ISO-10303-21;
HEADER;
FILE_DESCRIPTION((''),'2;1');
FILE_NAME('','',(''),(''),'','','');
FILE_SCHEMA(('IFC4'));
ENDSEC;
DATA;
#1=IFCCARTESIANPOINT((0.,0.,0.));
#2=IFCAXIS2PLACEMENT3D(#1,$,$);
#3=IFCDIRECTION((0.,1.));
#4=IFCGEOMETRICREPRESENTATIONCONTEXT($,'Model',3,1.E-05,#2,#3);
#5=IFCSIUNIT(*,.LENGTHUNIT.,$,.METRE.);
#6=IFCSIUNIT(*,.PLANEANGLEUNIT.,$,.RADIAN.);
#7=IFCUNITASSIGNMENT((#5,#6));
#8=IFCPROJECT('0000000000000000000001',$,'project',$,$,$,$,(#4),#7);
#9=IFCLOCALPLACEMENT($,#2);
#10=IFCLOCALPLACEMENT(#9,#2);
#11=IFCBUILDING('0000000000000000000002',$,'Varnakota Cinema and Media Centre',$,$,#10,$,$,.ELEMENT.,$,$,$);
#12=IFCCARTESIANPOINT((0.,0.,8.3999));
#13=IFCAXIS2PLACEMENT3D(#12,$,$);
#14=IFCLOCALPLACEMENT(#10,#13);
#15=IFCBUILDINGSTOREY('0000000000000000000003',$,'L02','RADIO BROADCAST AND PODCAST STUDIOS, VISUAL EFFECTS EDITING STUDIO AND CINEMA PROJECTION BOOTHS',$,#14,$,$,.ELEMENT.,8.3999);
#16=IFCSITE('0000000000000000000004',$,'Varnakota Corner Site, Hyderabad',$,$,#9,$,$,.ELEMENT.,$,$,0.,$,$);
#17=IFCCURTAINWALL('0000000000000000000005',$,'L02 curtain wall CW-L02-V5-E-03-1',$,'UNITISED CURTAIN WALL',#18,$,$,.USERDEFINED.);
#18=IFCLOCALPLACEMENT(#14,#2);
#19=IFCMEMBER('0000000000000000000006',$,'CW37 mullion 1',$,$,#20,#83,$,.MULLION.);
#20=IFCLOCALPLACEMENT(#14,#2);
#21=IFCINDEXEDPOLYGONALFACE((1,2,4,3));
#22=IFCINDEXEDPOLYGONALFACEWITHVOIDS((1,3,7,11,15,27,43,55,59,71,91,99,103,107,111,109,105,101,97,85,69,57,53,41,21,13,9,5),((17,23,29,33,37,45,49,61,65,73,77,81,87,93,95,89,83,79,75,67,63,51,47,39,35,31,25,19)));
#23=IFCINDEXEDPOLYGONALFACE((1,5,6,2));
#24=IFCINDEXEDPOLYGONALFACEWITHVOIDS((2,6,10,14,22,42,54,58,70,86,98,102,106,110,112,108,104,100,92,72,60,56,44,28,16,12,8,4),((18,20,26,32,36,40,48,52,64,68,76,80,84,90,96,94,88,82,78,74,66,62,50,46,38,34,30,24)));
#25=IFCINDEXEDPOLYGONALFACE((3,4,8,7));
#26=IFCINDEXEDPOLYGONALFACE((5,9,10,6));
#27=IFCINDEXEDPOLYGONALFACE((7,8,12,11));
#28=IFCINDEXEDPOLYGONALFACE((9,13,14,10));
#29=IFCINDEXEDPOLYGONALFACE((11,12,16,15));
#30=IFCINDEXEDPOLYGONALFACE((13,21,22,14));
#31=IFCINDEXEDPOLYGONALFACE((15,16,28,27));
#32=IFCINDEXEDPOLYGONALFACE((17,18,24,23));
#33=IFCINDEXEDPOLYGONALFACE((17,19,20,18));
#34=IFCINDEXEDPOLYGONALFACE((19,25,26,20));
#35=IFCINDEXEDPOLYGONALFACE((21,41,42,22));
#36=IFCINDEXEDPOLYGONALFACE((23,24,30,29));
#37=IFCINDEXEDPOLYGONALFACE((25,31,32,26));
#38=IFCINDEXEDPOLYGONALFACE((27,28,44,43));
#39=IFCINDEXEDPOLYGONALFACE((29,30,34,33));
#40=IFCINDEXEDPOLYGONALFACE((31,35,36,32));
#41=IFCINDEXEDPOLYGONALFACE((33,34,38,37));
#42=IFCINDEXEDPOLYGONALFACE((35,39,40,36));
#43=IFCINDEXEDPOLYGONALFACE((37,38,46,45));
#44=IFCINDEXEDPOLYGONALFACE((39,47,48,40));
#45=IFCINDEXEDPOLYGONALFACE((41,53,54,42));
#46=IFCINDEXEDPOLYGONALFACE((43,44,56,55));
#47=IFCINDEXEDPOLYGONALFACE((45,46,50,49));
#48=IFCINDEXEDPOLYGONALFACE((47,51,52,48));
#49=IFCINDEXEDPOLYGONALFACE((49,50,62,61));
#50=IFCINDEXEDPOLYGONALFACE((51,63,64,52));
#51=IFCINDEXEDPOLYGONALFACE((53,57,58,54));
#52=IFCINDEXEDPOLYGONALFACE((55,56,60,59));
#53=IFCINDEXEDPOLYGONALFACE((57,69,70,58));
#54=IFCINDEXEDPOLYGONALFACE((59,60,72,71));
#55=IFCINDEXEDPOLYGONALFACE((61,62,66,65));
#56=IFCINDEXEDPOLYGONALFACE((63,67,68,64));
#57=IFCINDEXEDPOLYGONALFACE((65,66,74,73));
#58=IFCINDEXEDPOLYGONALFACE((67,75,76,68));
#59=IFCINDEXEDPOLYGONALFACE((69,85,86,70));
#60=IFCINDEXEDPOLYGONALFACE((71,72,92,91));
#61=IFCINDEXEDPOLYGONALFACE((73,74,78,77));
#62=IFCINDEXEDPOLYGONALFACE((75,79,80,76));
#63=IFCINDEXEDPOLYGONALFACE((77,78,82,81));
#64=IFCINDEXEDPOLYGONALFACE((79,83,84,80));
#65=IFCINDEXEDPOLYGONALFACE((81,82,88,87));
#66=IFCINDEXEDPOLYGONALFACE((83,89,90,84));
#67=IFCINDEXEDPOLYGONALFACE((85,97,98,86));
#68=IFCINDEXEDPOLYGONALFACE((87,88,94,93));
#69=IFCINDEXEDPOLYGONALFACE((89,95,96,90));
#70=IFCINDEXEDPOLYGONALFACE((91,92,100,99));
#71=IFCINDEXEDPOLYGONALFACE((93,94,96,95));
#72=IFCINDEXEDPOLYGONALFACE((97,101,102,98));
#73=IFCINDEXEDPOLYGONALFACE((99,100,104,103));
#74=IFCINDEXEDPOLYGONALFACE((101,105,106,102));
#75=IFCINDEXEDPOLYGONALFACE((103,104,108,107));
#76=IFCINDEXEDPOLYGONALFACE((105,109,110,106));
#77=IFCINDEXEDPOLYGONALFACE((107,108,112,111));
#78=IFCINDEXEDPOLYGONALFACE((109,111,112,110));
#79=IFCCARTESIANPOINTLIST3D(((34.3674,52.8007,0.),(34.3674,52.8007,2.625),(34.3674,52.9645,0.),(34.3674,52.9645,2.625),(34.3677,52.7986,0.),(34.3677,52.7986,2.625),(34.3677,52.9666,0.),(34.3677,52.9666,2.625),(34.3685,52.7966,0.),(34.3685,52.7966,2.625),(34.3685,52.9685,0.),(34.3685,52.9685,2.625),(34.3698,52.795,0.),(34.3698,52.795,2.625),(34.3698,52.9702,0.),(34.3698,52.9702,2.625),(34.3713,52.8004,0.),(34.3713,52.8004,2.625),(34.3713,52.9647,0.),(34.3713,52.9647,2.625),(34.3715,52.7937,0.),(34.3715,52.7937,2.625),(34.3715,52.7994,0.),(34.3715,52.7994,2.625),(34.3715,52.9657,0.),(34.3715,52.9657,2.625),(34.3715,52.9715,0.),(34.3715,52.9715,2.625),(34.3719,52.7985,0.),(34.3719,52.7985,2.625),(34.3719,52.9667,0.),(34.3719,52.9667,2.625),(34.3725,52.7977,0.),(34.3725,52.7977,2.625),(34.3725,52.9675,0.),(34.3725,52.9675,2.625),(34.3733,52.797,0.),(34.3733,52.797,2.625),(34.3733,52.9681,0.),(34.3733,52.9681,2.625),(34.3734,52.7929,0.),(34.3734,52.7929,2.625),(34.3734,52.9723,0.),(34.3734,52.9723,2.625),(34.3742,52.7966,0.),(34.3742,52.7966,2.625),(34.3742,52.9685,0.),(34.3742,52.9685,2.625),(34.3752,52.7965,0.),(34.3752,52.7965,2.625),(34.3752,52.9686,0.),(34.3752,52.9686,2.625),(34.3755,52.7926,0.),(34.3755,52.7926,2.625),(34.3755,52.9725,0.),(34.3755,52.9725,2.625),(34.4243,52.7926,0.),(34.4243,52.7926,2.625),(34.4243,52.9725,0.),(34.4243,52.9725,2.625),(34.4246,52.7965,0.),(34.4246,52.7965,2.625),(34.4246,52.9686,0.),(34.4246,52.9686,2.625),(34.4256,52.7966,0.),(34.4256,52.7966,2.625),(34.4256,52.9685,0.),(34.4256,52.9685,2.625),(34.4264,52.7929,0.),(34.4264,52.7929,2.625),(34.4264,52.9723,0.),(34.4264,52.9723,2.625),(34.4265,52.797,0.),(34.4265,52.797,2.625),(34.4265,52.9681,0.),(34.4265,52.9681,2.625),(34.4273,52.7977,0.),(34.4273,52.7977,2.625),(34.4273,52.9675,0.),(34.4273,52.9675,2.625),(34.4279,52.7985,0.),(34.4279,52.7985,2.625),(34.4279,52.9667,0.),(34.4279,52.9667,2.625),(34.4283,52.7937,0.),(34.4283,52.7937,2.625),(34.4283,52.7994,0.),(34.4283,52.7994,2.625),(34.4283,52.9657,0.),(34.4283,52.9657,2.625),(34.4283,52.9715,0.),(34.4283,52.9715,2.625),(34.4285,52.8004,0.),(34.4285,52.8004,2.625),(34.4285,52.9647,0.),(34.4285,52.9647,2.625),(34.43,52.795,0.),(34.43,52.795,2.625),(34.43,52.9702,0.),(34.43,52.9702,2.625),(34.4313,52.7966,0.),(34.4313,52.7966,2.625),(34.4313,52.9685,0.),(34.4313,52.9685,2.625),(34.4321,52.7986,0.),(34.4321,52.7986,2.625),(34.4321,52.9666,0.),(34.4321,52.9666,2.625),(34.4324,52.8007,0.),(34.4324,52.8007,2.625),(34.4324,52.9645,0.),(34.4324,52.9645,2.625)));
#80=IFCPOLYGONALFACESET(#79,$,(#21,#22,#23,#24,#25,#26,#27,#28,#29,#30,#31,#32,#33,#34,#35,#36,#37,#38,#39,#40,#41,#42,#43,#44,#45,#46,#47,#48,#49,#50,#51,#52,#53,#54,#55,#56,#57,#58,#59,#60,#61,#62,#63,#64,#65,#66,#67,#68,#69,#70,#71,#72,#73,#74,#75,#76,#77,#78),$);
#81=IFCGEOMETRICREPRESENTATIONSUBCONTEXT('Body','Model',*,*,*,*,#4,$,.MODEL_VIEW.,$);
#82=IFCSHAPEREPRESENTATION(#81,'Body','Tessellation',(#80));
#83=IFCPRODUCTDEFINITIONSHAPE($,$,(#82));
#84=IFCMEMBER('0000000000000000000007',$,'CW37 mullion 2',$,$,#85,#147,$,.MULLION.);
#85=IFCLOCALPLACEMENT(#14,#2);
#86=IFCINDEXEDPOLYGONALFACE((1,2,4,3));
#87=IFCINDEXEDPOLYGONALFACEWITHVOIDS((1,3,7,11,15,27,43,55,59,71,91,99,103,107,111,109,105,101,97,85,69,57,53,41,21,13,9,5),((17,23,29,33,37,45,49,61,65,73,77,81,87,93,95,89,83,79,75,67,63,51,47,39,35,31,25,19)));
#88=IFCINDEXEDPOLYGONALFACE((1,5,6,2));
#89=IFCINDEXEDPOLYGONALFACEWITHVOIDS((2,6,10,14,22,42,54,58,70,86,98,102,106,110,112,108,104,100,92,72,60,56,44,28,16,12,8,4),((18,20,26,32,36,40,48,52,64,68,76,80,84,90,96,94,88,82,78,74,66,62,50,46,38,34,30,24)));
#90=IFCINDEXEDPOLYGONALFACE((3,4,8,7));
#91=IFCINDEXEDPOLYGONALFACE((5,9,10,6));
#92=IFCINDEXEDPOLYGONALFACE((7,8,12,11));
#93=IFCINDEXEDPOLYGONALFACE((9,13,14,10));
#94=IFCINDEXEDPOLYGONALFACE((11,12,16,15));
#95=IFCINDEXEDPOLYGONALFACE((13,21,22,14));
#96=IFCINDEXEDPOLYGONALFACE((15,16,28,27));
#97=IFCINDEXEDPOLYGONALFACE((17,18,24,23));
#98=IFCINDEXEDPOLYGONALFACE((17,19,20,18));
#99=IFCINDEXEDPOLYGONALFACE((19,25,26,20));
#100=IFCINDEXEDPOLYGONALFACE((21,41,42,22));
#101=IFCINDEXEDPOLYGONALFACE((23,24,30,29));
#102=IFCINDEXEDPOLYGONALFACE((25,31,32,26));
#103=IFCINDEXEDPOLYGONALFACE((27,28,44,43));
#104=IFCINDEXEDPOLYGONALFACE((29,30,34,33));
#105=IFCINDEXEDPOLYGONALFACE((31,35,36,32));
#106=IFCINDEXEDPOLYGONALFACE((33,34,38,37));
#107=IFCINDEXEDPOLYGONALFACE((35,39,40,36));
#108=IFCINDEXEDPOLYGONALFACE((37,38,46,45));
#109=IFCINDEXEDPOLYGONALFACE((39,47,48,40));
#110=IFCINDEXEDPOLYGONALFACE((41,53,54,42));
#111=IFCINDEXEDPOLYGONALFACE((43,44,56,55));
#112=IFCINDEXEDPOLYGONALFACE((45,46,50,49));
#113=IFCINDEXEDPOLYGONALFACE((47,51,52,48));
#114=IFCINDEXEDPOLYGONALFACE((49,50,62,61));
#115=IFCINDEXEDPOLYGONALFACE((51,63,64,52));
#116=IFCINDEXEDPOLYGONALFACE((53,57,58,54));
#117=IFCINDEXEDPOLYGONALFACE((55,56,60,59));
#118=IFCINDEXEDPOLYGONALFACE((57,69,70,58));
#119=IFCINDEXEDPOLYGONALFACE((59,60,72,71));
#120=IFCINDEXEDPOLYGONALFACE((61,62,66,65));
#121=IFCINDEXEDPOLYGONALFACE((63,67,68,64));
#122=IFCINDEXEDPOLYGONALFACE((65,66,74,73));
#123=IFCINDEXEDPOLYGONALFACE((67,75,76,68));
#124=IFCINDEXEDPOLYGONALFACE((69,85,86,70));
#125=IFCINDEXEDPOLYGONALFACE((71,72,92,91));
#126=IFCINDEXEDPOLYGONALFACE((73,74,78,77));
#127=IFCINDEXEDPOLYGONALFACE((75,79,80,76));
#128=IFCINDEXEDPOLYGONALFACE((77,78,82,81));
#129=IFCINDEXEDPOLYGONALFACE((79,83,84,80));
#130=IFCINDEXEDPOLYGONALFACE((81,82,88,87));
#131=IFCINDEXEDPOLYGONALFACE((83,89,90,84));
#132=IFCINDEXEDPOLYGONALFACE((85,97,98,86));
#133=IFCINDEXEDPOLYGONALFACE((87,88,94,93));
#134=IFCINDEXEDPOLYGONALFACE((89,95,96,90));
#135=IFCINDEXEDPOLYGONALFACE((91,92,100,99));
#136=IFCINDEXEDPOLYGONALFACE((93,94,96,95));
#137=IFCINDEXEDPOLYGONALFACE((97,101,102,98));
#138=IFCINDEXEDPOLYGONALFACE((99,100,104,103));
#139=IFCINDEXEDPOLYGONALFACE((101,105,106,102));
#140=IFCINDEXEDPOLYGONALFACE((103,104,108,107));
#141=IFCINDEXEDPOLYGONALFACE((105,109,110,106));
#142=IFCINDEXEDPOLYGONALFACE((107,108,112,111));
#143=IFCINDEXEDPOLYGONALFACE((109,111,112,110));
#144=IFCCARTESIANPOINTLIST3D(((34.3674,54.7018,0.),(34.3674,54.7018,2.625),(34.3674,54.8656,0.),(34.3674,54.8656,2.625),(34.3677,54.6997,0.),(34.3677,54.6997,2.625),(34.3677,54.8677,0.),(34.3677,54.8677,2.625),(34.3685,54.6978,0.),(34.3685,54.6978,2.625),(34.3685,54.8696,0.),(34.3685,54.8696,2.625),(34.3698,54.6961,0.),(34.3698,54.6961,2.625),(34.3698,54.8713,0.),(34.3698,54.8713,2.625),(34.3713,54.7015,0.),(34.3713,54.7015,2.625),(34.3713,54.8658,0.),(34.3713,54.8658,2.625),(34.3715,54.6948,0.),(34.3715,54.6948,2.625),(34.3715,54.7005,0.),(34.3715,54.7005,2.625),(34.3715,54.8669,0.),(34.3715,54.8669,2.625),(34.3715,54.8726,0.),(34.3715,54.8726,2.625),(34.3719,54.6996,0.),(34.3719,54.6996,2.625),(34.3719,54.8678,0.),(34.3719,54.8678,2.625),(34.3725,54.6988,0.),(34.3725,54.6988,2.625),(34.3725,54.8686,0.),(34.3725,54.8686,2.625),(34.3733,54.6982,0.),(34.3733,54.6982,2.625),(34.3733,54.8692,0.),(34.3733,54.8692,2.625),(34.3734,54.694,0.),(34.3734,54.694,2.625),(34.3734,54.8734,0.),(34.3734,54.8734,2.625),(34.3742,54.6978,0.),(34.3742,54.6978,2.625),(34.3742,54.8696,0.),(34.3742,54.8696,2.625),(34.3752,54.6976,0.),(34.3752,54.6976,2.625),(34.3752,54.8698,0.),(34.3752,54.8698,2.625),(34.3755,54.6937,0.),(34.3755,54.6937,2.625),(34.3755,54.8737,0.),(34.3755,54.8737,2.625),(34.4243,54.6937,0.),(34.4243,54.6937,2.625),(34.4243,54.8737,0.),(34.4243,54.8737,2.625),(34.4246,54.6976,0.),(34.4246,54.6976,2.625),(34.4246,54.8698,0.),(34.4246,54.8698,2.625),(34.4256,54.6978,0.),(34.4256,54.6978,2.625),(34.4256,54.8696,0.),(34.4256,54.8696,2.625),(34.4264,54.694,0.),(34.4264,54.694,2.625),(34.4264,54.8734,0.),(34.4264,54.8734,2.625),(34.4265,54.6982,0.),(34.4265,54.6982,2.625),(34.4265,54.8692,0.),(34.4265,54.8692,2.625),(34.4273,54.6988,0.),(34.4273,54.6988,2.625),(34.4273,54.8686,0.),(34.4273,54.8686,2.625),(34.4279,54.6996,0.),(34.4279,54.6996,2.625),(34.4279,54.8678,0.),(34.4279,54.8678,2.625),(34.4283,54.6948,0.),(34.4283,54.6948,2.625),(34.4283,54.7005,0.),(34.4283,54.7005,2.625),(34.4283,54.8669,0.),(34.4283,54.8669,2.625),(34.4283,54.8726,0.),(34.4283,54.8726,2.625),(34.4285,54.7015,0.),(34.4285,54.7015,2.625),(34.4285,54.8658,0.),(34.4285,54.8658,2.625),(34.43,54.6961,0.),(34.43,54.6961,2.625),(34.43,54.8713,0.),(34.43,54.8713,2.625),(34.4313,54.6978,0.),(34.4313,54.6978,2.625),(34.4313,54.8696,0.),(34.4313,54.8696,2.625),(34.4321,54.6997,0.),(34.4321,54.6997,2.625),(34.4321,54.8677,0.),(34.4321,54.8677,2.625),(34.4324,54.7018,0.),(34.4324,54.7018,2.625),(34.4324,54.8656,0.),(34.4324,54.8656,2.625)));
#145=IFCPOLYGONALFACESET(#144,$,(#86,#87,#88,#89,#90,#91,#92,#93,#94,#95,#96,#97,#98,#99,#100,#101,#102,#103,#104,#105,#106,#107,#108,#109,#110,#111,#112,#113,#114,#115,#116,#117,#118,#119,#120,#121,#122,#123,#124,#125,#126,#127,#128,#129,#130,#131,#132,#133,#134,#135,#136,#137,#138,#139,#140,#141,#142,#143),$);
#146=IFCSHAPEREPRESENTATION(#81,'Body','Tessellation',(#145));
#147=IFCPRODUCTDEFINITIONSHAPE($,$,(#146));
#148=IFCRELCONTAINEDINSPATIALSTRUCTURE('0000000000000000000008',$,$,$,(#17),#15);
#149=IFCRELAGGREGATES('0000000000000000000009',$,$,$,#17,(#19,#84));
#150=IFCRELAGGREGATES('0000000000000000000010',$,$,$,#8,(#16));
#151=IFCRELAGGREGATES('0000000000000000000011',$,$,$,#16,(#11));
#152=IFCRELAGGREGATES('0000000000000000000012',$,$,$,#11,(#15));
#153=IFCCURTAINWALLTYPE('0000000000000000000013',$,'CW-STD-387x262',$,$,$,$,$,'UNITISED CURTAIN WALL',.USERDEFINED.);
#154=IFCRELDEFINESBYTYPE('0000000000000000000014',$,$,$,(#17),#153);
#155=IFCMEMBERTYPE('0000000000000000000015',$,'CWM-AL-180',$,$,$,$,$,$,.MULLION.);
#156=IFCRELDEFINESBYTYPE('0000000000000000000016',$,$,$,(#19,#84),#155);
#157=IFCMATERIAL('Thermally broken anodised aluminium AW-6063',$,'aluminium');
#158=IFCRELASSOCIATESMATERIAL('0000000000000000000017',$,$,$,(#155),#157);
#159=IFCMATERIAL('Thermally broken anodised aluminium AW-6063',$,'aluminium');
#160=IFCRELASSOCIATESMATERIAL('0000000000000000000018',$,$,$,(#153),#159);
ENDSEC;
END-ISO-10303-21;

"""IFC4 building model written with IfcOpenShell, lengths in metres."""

from ifc_helpers import new_model, si_unit, direction, frame, origin, origin_2d, place, context, subcontext, project, spatial, hollow_rectangle, extrude, material, material_profile, profile_set, type_object, element, aggregate, save


model = new_model("IFC4")

# Units and contexts
model_context = context("Model", 3, precision=1e-05, world=origin(), true_north=direction((0.0, 1.0)))
body_context = subcontext(model_context, "Body", "Model", "MODEL_VIEW")
ifc_project = project(units=[si_unit("LENGTHUNIT", "METRE"), si_unit("PLANEANGLEUNIT", "RADIAN")], contexts=[model_context])

# Site, building, storey
site_placement = place(None, origin())
site = spatial("IfcSite", under=ifc_project, at=site_placement, Name="Varnakota Corner Site, Hyderabad", CompositionType="ELEMENT", RefElevation=0.0)
building_placement = place(site_placement, origin())
building = spatial("IfcBuilding", under=site, at=building_placement, Name="Varnakota Cinema and Media Centre", CompositionType="ELEMENT")
storey_placement = place(building_placement, frame((0.0, 0.0, 8.3999)))
storey = spatial("IfcBuildingStorey", under=building, at=storey_placement, Name="L02", Description="RADIO BROADCAST AND PODCAST STUDIOS, VISUAL EFFECTS EDITING STUDIO AND CINEMA PROJECTION BOOTHS", CompositionType="ELEMENT", Elevation=8.3999)

# Curtain wall, members
ifc_material_1 = material(Name="Thermally broken anodised aluminium AW-6063", Category="aluminium")
ifc_material_profile_1 = material_profile(ifc_material_1, hollow_rectangle(XDim=0.0649, YDim=0.1799, WallThickness=0.0039, InnerFilletRadius=0.0039, OuterFilletRadius=0.0081, at=origin_2d()), Name="AL-MULLION 180x65x4")
ifc_profile_set_1 = profile_set([ifc_material_profile_1], Name="Thermally broken anodised aluminium AW-6063")
member_type_1 = type_object("IfcMemberType", Name="CWM-AL-180", PredefinedType="MULLION", material=ifc_profile_set_1)
ifc_material_2 = material(Name="Thermally broken anodised aluminium AW-6063", Category="aluminium")
curtain_wall_type_1 = type_object("IfcCurtainWallType", Name="CW-STD-387x262", ElementType="UNITISED CURTAIN WALL", PredefinedType="USERDEFINED", material=ifc_material_2)
curtain_wall_1_placement = place(storey_placement, origin())
curtain_wall_1 = element("IfcCurtainWall", 1, at=curtain_wall_1_placement, inside=storey, type_object=curtain_wall_type_1, Name="L02 curtain wall CW-L02-V5-E-03-1", ObjectType="UNITISED CURTAIN WALL", PredefinedType="USERDEFINED")
member_1_placement = place(storey_placement, frame((34.3999, 52.8826, 0.0), z_axis=(0.0, 0.0, 1.0), x_axis=(-1.0, 0.0, 0.0)))
member_1 = element("IfcMember", 2, at=member_1_placement, type_object=member_type_1, Name="CW37 mullion 1", PredefinedType="MULLION", context=body_context, shape_type="SweptSolid", body=[
    extrude(hollow_rectangle(XDim=0.0649, YDim=0.1799, WallThickness=0.0039, InnerFilletRadius=0.0039, OuterFilletRadius=0.0081, at=origin_2d()), origin(), (0.0, 0.0, 1.0), 2.625),
])
member_2_placement = place(storey_placement, frame((34.3999, 54.7837, 0.0), z_axis=(0.0, 0.0, 1.0), x_axis=(-1.0, 0.0, 0.0)))
member_2 = element("IfcMember", 3, at=member_2_placement, type_object=member_type_1, Name="CW37 mullion 2", PredefinedType="MULLION", context=body_context, shape_type="SweptSolid", body=[
    extrude(hollow_rectangle(XDim=0.0649, YDim=0.1799, WallThickness=0.0039, InnerFilletRadius=0.0039, OuterFilletRadius=0.0081, at=origin_2d()), origin(), (0.0, 0.0, 1.0), 2.625),
])

aggregate(curtain_wall_1, [member_1, member_2])

save(model, "model.ifc")
